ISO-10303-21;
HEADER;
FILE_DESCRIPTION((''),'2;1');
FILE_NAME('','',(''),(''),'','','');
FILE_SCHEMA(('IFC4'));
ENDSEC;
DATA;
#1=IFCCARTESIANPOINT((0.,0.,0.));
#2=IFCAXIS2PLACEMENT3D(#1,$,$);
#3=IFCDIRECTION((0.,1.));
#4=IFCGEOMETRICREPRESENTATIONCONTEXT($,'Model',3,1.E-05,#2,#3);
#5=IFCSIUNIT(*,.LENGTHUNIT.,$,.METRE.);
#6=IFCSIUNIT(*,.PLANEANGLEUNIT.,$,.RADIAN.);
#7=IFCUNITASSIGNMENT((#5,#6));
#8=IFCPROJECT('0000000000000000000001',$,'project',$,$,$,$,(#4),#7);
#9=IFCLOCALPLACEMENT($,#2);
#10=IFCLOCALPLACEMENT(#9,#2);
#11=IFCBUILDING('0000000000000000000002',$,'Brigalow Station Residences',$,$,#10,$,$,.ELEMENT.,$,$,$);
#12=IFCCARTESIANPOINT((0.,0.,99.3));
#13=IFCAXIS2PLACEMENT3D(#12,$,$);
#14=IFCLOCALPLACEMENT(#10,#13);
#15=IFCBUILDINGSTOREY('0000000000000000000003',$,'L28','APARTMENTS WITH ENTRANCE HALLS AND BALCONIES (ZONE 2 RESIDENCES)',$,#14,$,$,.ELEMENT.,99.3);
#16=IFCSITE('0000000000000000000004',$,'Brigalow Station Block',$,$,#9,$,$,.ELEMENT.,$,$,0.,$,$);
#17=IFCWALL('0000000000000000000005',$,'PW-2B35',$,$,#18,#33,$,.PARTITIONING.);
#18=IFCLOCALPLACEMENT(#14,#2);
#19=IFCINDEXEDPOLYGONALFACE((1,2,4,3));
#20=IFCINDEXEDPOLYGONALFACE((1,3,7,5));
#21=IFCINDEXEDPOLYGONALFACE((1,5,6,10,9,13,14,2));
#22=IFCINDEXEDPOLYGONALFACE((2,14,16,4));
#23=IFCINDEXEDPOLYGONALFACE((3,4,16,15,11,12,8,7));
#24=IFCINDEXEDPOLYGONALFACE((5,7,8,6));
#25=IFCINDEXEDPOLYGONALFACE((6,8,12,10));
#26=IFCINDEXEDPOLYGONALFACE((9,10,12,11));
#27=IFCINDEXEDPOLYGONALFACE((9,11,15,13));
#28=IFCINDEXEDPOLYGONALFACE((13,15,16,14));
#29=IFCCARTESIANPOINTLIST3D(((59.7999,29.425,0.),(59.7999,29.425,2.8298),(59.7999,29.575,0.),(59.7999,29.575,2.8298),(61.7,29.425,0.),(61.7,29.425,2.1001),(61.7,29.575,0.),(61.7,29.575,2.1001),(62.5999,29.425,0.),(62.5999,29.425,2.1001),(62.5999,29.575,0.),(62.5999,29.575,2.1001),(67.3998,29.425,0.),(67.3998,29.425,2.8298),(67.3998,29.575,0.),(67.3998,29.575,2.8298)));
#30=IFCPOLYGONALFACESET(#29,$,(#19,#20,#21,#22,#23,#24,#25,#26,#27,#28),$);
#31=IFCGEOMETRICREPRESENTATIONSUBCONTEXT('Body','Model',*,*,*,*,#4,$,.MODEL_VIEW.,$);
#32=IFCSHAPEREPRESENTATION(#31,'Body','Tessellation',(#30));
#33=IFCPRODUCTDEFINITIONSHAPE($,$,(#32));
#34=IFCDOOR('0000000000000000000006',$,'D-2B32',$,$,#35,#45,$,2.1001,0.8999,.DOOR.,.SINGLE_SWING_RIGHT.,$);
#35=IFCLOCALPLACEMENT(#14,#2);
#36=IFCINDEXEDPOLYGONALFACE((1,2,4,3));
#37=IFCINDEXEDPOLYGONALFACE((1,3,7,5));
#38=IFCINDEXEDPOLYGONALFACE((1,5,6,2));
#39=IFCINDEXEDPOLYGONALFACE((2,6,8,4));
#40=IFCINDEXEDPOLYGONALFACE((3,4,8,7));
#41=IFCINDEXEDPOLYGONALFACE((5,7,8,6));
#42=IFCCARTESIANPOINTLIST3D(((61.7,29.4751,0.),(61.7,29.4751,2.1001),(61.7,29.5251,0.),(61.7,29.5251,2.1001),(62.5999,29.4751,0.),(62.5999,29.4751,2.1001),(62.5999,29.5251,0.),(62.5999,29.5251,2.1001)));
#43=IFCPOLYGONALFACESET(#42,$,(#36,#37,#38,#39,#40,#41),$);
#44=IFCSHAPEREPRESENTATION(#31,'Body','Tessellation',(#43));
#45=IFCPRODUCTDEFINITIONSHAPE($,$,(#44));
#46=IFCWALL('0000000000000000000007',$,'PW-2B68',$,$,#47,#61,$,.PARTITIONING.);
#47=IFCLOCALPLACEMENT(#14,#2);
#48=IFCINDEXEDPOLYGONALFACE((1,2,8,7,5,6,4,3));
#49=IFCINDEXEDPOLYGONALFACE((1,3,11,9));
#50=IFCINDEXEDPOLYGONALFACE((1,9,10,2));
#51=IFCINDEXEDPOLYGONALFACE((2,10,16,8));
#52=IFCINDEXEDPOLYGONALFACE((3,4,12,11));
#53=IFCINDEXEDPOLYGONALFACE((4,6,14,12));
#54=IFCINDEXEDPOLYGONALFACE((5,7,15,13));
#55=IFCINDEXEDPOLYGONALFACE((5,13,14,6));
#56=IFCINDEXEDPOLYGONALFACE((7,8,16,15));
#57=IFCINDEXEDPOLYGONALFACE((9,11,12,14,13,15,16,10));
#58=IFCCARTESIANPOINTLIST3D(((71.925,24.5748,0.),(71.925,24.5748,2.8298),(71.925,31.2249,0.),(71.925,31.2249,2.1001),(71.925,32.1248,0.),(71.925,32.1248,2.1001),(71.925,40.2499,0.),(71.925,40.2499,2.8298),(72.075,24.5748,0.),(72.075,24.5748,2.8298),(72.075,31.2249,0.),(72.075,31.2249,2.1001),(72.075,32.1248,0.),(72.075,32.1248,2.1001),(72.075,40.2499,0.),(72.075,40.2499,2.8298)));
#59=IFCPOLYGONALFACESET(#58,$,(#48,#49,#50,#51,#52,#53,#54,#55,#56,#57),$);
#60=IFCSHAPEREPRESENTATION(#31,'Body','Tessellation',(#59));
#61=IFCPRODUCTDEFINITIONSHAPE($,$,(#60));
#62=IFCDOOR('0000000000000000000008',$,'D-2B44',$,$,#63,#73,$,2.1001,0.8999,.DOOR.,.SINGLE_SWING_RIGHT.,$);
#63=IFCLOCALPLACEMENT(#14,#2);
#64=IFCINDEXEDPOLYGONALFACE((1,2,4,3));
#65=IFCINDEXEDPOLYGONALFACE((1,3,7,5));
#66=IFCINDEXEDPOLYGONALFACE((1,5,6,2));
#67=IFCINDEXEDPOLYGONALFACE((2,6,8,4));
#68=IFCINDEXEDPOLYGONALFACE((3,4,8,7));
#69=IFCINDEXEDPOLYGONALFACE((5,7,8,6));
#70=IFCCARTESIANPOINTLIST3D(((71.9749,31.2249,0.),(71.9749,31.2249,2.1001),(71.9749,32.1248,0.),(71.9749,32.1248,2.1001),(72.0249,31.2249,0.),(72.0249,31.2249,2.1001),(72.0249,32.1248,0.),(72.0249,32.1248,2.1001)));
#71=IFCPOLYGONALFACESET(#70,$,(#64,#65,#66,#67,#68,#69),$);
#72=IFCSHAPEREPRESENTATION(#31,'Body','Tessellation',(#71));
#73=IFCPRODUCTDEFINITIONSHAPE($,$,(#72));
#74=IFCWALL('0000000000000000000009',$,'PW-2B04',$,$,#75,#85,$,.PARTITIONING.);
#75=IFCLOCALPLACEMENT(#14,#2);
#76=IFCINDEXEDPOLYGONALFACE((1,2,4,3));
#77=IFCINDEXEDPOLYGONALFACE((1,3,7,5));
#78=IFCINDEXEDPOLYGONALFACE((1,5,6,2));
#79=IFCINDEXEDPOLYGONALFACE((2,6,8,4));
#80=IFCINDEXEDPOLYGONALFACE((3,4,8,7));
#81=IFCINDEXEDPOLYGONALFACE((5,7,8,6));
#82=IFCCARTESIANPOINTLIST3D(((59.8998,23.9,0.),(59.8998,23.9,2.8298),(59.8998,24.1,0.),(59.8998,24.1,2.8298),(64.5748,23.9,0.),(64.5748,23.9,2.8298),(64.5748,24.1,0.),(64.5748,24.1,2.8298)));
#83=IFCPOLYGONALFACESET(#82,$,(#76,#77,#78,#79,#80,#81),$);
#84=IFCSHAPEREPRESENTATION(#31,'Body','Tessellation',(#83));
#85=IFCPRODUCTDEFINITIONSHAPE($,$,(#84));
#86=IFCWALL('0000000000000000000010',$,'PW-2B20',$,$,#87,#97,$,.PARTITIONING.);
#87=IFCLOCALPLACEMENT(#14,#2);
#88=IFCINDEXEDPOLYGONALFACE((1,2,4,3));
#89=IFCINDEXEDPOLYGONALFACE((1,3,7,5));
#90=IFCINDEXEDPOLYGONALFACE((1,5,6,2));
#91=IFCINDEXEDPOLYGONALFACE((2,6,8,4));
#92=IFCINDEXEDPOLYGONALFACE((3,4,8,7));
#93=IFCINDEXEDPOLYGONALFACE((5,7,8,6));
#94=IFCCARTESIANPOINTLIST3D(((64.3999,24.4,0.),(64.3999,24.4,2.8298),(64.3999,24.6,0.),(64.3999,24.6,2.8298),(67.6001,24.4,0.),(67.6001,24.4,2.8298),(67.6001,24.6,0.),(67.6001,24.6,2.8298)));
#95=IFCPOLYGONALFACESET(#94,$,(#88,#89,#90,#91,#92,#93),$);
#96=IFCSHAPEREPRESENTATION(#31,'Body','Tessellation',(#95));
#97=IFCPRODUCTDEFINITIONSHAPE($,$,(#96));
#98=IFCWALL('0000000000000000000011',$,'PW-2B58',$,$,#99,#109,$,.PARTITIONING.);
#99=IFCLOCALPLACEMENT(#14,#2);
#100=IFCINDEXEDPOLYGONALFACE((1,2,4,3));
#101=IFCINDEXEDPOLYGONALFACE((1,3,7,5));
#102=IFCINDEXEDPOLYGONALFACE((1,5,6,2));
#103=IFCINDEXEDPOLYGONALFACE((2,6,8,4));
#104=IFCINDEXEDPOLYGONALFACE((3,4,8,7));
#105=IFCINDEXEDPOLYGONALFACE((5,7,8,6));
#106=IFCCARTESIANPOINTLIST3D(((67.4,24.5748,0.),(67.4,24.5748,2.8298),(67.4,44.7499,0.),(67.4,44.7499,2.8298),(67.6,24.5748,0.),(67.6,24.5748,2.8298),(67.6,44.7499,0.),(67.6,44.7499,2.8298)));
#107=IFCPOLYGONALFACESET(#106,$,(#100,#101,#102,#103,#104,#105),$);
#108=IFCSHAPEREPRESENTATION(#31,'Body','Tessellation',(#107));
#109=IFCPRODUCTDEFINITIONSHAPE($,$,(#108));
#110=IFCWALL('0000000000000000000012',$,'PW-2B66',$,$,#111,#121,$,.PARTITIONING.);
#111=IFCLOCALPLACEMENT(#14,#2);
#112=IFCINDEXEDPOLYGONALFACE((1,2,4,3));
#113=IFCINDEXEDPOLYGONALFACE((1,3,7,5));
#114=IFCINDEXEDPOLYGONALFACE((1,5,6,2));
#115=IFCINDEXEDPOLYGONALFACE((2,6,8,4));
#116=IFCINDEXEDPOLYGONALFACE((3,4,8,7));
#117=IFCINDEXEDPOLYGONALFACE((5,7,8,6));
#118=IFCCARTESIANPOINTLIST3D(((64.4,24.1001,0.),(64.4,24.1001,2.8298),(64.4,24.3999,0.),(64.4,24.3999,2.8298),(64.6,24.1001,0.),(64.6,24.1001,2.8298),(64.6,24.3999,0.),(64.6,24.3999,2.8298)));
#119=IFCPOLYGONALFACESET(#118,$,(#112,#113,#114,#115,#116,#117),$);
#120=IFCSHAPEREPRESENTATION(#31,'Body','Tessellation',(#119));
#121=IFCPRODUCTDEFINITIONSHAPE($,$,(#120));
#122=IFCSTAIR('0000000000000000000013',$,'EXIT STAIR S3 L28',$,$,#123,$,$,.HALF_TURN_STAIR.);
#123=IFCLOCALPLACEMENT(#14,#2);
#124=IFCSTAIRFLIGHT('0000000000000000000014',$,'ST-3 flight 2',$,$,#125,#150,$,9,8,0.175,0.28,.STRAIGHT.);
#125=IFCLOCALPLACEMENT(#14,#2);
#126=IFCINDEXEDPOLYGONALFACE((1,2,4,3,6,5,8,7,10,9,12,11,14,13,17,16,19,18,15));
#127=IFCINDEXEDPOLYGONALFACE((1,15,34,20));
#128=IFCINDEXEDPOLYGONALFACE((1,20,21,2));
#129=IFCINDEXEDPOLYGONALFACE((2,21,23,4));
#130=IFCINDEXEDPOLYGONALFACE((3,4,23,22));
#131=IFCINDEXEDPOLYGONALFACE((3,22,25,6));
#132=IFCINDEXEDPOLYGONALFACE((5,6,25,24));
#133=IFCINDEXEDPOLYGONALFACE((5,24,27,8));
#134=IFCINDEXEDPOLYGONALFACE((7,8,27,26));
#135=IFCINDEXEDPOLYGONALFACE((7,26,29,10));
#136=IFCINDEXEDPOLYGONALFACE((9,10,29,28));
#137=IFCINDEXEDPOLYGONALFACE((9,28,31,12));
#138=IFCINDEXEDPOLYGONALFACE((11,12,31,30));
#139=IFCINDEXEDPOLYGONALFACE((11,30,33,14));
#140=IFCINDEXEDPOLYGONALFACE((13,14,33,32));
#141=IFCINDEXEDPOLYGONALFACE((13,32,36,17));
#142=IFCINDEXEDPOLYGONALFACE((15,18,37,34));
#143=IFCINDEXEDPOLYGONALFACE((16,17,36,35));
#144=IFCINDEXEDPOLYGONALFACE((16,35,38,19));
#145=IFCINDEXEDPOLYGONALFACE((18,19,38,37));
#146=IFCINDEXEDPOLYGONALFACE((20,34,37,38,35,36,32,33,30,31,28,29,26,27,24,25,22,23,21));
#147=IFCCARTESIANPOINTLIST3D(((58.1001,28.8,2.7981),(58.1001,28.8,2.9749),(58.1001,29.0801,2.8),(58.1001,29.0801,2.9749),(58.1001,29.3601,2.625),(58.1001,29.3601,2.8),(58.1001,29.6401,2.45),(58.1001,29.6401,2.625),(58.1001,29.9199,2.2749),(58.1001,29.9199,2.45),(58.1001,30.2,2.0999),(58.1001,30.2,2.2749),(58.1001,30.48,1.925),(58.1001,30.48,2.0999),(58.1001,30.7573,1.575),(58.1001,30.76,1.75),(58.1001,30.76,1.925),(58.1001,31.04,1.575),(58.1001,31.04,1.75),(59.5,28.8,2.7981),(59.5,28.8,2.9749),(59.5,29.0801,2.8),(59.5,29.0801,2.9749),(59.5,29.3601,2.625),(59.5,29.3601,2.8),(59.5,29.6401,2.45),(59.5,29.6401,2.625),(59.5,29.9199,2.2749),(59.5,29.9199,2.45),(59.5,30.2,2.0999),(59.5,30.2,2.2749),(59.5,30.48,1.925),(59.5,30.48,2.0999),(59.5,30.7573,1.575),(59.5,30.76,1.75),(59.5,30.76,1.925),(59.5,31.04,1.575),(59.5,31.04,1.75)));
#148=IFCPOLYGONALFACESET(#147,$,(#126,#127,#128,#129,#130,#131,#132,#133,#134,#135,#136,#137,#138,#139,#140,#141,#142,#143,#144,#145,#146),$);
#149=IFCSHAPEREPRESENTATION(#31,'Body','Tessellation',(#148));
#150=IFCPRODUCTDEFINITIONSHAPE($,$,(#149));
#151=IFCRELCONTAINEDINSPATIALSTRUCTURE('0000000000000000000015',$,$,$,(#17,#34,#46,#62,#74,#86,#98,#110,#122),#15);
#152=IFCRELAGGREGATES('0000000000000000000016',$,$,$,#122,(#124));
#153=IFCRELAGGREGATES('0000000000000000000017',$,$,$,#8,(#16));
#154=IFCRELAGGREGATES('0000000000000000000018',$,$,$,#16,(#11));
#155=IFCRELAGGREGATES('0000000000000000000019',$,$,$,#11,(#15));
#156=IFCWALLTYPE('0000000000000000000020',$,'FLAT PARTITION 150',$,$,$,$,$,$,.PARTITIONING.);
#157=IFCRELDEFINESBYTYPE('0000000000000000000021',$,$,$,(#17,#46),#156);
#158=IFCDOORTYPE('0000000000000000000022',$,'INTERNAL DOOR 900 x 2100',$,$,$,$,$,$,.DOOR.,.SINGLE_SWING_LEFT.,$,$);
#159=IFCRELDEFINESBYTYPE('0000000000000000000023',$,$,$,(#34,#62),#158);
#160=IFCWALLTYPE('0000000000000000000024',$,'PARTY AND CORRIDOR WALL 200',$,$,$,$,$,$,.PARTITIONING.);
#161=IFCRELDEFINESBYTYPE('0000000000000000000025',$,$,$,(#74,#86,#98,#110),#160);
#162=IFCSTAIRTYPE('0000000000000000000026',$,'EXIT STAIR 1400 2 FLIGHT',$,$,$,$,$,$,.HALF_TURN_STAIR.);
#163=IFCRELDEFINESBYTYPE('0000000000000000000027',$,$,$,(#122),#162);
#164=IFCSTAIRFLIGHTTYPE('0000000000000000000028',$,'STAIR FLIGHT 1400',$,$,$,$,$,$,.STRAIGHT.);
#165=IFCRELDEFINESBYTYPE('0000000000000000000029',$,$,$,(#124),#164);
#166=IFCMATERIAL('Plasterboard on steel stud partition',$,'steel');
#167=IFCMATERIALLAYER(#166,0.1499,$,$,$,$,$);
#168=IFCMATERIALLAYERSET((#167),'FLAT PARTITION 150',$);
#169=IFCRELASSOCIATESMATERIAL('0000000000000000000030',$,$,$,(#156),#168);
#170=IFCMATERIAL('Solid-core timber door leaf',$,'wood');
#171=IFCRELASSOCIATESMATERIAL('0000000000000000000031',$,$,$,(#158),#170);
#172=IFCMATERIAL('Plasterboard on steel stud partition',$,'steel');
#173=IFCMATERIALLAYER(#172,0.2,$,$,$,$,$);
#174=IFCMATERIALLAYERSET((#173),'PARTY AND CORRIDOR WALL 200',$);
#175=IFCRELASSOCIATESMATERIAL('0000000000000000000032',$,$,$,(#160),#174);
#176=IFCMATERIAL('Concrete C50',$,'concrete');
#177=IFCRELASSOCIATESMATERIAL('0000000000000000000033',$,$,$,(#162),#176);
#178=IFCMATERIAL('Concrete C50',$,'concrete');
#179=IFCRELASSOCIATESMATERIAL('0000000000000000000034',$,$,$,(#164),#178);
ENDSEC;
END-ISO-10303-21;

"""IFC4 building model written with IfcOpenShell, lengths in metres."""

from ifc_helpers import new_model, si_unit, direction, frame, frame_2d, origin, place, context, subcontext, project, spatial, polyline, rectangle, outline, extrude, material, layer, layer_set, type_object, element, fill, aggregate, save


model = new_model("IFC4")

# Units and contexts
model_context = context("Model", 3, precision=1e-05, world=origin(), true_north=direction((0.0, 1.0)))
body_context = subcontext(model_context, "Body", "Model", "MODEL_VIEW")
ifc_project = project(units=[si_unit("LENGTHUNIT", "METRE"), si_unit("PLANEANGLEUNIT", "RADIAN")], contexts=[model_context])

# Site, building, storey
site_placement = place(None, origin())
site = spatial("IfcSite", under=ifc_project, at=site_placement, Name="Brigalow Station Block", CompositionType="ELEMENT", RefElevation=0.0)
building_placement = place(site_placement, origin())
building = spatial("IfcBuilding", under=site, at=building_placement, Name="Brigalow Station Residences", CompositionType="ELEMENT")
storey_placement = place(building_placement, frame((0.0, 0.0, 99.3)))
storey = spatial("IfcBuildingStorey", under=building, at=storey_placement, Name="L28", Description="APARTMENTS WITH ENTRANCE HALLS AND BALCONIES (ZONE 2 RESIDENCES)", CompositionType="ELEMENT", Elevation=99.3)

# Shared definitions
ifc_material_1 = material(Name="Plasterboard on steel stud partition", Category="steel")
ifc_layer_1 = layer(ifc_material_1, 0.1499)
ifc_layer_set_1 = layer_set([ifc_layer_1], Name="FLAT PARTITION 150")
wall_type_1 = type_object("IfcWallType", Name="FLAT PARTITION 150", PredefinedType="PARTITIONING", material=ifc_layer_set_1)

# Walls, openings, doors
wall_1_placement = place(storey_placement, frame((59.8, 29.5, 0.0), z_axis=(0.0, 0.0, 1.0), x_axis=(1.0, 0.0, 0.0)))
wall_1 = element("IfcWall", 1, at=wall_1_placement, inside=storey, type_object=wall_type_1, Name="PW-2B35", PredefinedType="PARTITIONING", context=body_context, shape_type="SweptSolid", body=[
    extrude(rectangle(XDim=7.5999, YDim=0.1499, at=frame_2d((3.7998, 0.0))), origin(), (0.0, 0.0, 1.0), 2.8298),
])
opening_1_placement = place(wall_1_placement, frame((1.8999, 0.0, 0.0)))
opening_1 = element("IfcOpeningElement", 2, at=opening_1_placement, cuts=wall_1, PredefinedType="OPENING", context=body_context, shape_type="SweptSolid", body=[
    extrude(rectangle(XDim=0.8999, YDim=2.1001, at=frame_2d((0.45, 1.05))), frame((0.0, 0.085, 0.0), z_axis=(0.0, -1.0, 0.0), x_axis=(1.0, 0.0, 0.0)), (0.0, 0.0, 1.0), 0.1699),
])
ifc_material_2 = material(Name="Solid-core timber door leaf", Category="wood")
door_type_1 = type_object("IfcDoorType", Name="INTERNAL DOOR 900 x 2100", OperationType="SINGLE_SWING_LEFT", PredefinedType="DOOR", material=ifc_material_2)
door_1_placement = place(opening_1_placement, frame((0.8999, 0.0, 0.0), z_axis=(0.0, 0.0, 1.0), x_axis=(-1.0, 0.0, 0.0)))
door_1 = element("IfcDoor", 3, at=door_1_placement, inside=storey, type_object=door_type_1, Name="D-2B32", OperationType="SINGLE_SWING_RIGHT", OverallHeight=2.1001, OverallWidth=0.8999, PredefinedType="DOOR", context=body_context, shape_type="SweptSolid", body=[
    extrude(rectangle(XDim=0.8999, YDim=2.1001, at=frame_2d((0.45, 1.05))), frame((0.0, 0.0249, 0.0), z_axis=(0.0, -1.0, 0.0), x_axis=(1.0, 0.0, 0.0)), (0.0, 0.0, 1.0), 0.05),
])
fill(opening_1, door_1)
wall_2_placement = place(storey_placement, frame((72.0, 24.575, 0.0), z_axis=(0.0, 0.0, 1.0), x_axis=(0.0, 1.0, 0.0)))
wall_2 = element("IfcWall", 4, at=wall_2_placement, inside=storey, type_object=wall_type_1, Name="PW-2B68", PredefinedType="PARTITIONING", context=body_context, shape_type="SweptSolid", body=[
    extrude(rectangle(XDim=15.675, YDim=0.1499, at=frame_2d((7.8374, 0.0))), origin(), (0.0, 0.0, 1.0), 2.8298),
])
opening_2_placement = place(wall_2_placement, frame((6.6499, 0.0, 0.0)))
opening_2 = element("IfcOpeningElement", 5, at=opening_2_placement, cuts=wall_2, PredefinedType="OPENING", context=body_context, shape_type="SweptSolid", body=[
    extrude(rectangle(XDim=0.8999, YDim=2.1001, at=frame_2d((0.45, 1.05))), frame((0.0, 0.085, 0.0), z_axis=(0.0, -1.0, 0.0), x_axis=(1.0, 0.0, 0.0)), (0.0, 0.0, 1.0), 0.1699),
])
door_2_placement = place(opening_2_placement, frame((0.8999, 0.0, 0.0), z_axis=(0.0, 0.0, 1.0), x_axis=(-1.0, 0.0, 0.0)))
door_2 = element("IfcDoor", 6, at=door_2_placement, inside=storey, type_object=door_type_1, Name="D-2B44", OperationType="SINGLE_SWING_RIGHT", OverallHeight=2.1001, OverallWidth=0.8999, PredefinedType="DOOR", context=body_context, shape_type="SweptSolid", body=[
    extrude(rectangle(XDim=0.8999, YDim=2.1001, at=frame_2d((0.45, 1.05))), frame((0.0, 0.0249, 0.0), z_axis=(0.0, -1.0, 0.0), x_axis=(1.0, 0.0, 0.0)), (0.0, 0.0, 1.0), 0.05),
])
fill(opening_2, door_2)

# Walls
ifc_material_3 = material(Name="Plasterboard on steel stud partition", Category="steel")
ifc_layer_2 = layer(ifc_material_3, 0.2)
ifc_layer_set_2 = layer_set([ifc_layer_2], Name="PARTY AND CORRIDOR WALL 200")
wall_type_2 = type_object("IfcWallType", Name="PARTY AND CORRIDOR WALL 200", PredefinedType="PARTITIONING", material=ifc_layer_set_2)
wall_3_placement = place(storey_placement, frame((59.8999, 24.0, 0.0), z_axis=(0.0, 0.0, 1.0), x_axis=(1.0, 0.0, 0.0)))
element("IfcWall", 7, at=wall_3_placement, inside=storey, type_object=wall_type_2, Name="PW-2B04", PredefinedType="PARTITIONING", context=body_context, shape_type="SweptSolid", body=[
    extrude(rectangle(XDim=4.675, YDim=0.2, at=frame_2d((2.3374, 0.0))), origin(), (0.0, 0.0, 1.0), 2.8298),
])
wall_4_placement = place(storey_placement, frame((64.3999, 24.5, 0.0), z_axis=(0.0, 0.0, 1.0), x_axis=(1.0, 0.0, 0.0)))
element("IfcWall", 8, at=wall_4_placement, inside=storey, type_object=wall_type_2, Name="PW-2B20", PredefinedType="PARTITIONING", context=body_context, shape_type="SweptSolid", body=[
    extrude(rectangle(XDim=3.2002, YDim=0.2, at=frame_2d((1.6001, 0.0))), origin(), (0.0, 0.0, 1.0), 2.8298),
])
wall_5_placement = place(storey_placement, frame((67.5, 24.575, 0.0), z_axis=(0.0, 0.0, 1.0), x_axis=(0.0, 1.0, 0.0)))
element("IfcWall", 9, at=wall_5_placement, inside=storey, type_object=wall_type_2, Name="PW-2B58", PredefinedType="PARTITIONING", context=body_context, shape_type="SweptSolid", body=[
    extrude(rectangle(XDim=20.175, YDim=0.2, at=frame_2d((10.0874, 0.0))), origin(), (0.0, 0.0, 1.0), 2.8298),
])
wall_6_placement = place(storey_placement, frame((64.5, 24.1001, 0.0), z_axis=(0.0, 0.0, 1.0), x_axis=(0.0, 1.0, 0.0)))
element("IfcWall", 10, at=wall_6_placement, inside=storey, type_object=wall_type_2, Name="PW-2B66", PredefinedType="PARTITIONING", context=body_context, shape_type="SweptSolid", body=[
    extrude(rectangle(XDim=0.2998, YDim=0.2, at=frame_2d((0.1499, 0.0))), origin(), (0.0, 0.0, 1.0), 2.8298),
])

# Stair, stair flight
ifc_material_4 = material(Name="Concrete C50", Category="concrete")
stair_type = type_object("IfcStairType", Name="EXIT STAIR 1400 2 FLIGHT", PredefinedType="HALF_TURN_STAIR", material=ifc_material_4)
stair_placement = place(storey_placement, origin())
stair = element("IfcStair", 11, at=stair_placement, inside=storey, type_object=stair_type, Name="EXIT STAIR S3 L28", PredefinedType="HALF_TURN_STAIR")
ifc_material_5 = material(Name="Concrete C50", Category="concrete")
stair_flight_type = type_object("IfcStairFlightType", Name="STAIR FLIGHT 1400", PredefinedType="STRAIGHT", material=ifc_material_5)
stair_flight_placement = place(storey_placement, frame((58.8, 31.04, 1.575), z_axis=(0.0, 0.0, 1.0), x_axis=(0.0, -1.0, 0.0)))
stair_flight = element("IfcStairFlight", 12, at=stair_flight_placement, type_object=stair_flight_type, Name="ST-3 flight 2", NumberOfRisers=9, NumberOfTreads=8, PredefinedType="STRAIGHT", RiserHeight=0.175, TreadLength=0.28, context=body_context, shape_type="SweptSolid", body=[
    extrude(outline(polyline([(0.0, 0.0), (0.0, 0.175), (0.28, 0.175), (0.28, 0.3501), (0.5601, 0.3501), (0.5601, 0.5249), (0.8401, 0.5249), (0.8401, 0.7), (1.1201, 0.7), (1.1201, 0.875), (1.3999, 0.875), (1.3999, 1.05), (1.6799, 1.05), (1.6799, 1.2251), (1.96, 1.2251), (1.96, 1.3999), (2.24, 1.3999), (2.24, 1.575), (2.24, 1.2231), (0.2827, 0.0), (0.0, 0.0)])), frame((0.0, 0.7, 0.0), z_axis=(0.0, -1.0, 0.0), x_axis=(1.0, 0.0, 0.0)), (0.0, 0.0, 1.0), 1.3999),
])
aggregate(stair, [stair_flight])

save(model, "model.ifc")
